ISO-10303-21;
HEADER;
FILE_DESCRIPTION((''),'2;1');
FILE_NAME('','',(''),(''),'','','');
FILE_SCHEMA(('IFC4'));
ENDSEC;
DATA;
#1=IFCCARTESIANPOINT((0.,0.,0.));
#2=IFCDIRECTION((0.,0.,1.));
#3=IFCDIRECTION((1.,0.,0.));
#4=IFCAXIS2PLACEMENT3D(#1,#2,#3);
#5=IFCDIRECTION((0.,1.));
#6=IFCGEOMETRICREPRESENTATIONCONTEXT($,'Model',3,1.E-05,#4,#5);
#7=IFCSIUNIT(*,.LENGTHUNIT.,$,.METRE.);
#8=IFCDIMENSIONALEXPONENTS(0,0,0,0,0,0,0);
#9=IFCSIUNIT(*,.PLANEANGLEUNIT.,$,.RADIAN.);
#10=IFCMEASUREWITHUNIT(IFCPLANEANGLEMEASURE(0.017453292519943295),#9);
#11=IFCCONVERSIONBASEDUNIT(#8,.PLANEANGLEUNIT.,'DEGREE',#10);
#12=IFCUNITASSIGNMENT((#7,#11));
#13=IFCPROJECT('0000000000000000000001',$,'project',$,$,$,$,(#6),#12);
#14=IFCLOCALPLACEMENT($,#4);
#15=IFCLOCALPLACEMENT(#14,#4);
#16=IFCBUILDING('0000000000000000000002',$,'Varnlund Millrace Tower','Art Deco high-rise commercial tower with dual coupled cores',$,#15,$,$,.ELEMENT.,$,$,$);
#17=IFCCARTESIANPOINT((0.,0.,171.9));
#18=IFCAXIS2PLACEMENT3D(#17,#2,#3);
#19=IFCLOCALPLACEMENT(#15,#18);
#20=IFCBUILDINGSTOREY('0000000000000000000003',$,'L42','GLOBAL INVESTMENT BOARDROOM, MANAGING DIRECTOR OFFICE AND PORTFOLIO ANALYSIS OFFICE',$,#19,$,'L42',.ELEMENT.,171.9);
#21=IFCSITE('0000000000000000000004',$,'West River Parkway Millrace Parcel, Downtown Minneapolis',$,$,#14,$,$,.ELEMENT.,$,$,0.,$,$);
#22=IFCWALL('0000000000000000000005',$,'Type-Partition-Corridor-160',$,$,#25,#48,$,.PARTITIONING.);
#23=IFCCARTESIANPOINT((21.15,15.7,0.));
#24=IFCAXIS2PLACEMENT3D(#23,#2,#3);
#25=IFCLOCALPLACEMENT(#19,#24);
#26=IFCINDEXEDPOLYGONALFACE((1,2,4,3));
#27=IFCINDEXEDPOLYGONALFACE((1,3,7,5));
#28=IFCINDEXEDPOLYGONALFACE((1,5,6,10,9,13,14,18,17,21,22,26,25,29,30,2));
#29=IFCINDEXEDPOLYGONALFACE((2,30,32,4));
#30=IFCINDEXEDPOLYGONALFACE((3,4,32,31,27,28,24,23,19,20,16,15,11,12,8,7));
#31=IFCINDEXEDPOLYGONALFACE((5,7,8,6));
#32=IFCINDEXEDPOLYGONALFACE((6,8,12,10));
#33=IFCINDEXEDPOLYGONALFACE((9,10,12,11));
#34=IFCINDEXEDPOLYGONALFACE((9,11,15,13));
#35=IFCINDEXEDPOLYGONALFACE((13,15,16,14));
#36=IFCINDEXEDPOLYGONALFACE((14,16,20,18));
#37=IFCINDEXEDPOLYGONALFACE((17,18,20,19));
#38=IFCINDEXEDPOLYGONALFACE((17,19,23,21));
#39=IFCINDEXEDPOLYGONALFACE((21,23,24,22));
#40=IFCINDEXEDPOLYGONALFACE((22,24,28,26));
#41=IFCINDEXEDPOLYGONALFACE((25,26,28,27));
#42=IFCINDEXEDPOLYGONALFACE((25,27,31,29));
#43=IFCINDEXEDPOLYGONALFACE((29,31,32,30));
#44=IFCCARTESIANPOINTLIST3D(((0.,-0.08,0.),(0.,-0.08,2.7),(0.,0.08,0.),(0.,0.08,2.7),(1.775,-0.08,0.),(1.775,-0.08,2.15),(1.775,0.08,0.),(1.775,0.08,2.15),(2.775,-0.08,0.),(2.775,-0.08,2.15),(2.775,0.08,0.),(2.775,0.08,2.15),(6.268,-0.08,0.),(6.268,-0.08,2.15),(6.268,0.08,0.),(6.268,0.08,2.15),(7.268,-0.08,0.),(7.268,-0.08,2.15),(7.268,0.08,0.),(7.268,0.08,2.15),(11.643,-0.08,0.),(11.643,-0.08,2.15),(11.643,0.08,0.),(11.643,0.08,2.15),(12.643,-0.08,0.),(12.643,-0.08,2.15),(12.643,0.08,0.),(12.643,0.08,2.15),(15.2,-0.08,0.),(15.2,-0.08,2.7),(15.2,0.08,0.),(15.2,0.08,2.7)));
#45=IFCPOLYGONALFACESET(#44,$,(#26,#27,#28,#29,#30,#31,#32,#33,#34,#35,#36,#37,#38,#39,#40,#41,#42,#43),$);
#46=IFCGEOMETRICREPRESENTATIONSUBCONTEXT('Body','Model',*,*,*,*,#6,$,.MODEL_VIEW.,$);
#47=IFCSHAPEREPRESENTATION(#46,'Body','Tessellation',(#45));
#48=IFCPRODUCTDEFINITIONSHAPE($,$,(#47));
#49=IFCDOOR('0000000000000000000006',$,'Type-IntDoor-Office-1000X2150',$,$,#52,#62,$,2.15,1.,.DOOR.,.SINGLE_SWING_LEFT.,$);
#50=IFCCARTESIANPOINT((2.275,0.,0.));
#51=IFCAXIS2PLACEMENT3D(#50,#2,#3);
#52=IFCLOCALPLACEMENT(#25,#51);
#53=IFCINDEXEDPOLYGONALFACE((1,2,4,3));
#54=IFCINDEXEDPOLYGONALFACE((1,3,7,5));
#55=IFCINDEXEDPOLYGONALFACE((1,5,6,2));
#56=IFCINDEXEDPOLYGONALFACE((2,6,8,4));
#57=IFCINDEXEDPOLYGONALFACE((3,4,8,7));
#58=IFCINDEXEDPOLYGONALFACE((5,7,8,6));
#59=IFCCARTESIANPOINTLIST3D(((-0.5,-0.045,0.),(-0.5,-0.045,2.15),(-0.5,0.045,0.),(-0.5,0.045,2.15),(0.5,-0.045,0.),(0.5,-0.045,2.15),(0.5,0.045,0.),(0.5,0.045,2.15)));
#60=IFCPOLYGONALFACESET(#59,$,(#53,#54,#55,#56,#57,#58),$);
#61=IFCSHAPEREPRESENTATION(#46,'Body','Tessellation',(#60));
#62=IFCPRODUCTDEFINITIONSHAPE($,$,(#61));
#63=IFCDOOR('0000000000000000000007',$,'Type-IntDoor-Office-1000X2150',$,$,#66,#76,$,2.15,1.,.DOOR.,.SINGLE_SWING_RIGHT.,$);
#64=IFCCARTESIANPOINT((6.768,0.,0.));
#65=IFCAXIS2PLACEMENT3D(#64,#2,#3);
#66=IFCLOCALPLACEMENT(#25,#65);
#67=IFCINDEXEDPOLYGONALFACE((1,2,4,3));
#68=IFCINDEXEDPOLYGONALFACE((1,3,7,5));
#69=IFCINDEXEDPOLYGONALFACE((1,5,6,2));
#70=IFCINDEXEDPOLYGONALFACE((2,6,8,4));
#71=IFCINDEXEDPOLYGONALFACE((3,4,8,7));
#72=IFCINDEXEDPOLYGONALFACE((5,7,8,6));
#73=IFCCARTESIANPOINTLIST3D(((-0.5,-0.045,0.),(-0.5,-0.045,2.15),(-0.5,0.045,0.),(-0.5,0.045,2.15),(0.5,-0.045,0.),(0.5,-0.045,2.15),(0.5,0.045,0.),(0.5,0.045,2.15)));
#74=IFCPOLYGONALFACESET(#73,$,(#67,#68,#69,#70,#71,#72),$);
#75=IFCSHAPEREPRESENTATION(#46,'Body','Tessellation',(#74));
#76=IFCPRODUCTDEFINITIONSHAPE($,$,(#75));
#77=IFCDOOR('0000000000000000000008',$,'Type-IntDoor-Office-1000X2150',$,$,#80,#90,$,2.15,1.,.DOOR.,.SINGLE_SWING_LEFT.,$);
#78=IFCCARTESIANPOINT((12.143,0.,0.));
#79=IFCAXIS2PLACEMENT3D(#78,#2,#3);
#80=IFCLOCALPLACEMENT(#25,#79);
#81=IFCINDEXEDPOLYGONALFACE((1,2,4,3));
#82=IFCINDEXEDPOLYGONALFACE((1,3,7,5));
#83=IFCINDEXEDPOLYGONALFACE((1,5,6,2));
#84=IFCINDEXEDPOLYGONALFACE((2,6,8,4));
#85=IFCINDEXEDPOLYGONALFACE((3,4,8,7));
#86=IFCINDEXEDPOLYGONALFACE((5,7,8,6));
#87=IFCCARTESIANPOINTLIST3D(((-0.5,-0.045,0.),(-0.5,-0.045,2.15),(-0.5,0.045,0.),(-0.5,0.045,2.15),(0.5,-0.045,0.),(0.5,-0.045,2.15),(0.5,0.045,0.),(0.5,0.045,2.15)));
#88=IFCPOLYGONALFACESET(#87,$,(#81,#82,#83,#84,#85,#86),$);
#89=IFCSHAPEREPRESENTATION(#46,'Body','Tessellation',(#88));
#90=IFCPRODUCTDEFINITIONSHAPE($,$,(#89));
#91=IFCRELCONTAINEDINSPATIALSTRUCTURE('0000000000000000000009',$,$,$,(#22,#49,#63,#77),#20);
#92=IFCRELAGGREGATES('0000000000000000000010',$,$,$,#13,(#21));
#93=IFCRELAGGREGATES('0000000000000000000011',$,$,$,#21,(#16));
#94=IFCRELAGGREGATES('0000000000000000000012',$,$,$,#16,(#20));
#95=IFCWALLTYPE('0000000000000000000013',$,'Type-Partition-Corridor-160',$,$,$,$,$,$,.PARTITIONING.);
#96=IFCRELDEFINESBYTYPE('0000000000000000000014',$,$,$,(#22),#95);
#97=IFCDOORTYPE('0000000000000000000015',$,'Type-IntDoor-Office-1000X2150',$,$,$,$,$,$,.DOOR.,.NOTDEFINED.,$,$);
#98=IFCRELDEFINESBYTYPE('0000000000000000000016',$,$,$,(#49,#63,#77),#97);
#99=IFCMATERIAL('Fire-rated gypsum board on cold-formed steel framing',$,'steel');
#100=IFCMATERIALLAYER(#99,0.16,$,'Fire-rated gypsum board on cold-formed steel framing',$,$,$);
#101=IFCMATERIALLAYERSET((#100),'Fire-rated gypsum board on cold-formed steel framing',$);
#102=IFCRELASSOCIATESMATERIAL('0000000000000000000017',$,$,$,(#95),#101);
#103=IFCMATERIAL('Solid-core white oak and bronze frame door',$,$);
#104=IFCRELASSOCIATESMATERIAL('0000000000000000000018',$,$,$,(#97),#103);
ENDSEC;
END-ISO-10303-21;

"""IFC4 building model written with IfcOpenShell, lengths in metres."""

from ifc_helpers import new_model, entity, si_unit, converted_unit, direction, frame, origin_with_axes, origin_2d_with_axis, place, context, subcontext, project, spatial, polyline, rectangle, outline, extrude, material, layer, layer_set, type_object, element, fill, save


model = new_model("IFC4")

# Units and contexts
model_context = context("Model", 3, precision=1e-05, world=origin_with_axes(), true_north=direction((0.0, 1.0)))
body_context = subcontext(model_context, "Body", "Model", "MODEL_VIEW")
ifc_project = project(units=[si_unit("LENGTHUNIT", "METRE"), converted_unit("PLANEANGLEUNIT", "DEGREE", entity("IfcPlaneAngleMeasure", 0.017453292519943295), si_unit("PLANEANGLEUNIT", "RADIAN"), dimensions=[0, 0, 0, 0, 0, 0, 0])], contexts=[model_context])

# Site, building, storey
site_placement = place(None, origin_with_axes())
site = spatial("IfcSite", under=ifc_project, at=site_placement, Name="West River Parkway Millrace Parcel, Downtown Minneapolis", CompositionType="ELEMENT", RefElevation=0.0)
building_placement = place(site_placement, origin_with_axes())
building = spatial("IfcBuilding", under=site, at=building_placement, Name="Varnlund Millrace Tower", Description="Art Deco high-rise commercial tower with dual coupled cores", CompositionType="ELEMENT")
storey_placement = place(building_placement, frame((0.0, 0.0, 171.9), z_axis=(0.0, 0.0, 1.0), x_axis=(1.0, 0.0, 0.0)))
storey = spatial("IfcBuildingStorey", under=building, at=storey_placement, Name="L42", Description="GLOBAL INVESTMENT BOARDROOM, MANAGING DIRECTOR OFFICE AND PORTFOLIO ANALYSIS OFFICE", LongName="L42", CompositionType="ELEMENT", Elevation=171.9)

# Shared definitions
ifc_material_1 = material(Name="Fire-rated gypsum board on cold-formed steel framing", Category="steel")
ifc_layer_1 = layer(ifc_material_1, 0.16, Name="Fire-rated gypsum board on cold-formed steel framing")
ifc_layer_set_1 = layer_set([ifc_layer_1], Name="Fire-rated gypsum board on cold-formed steel framing")
wall_type_1 = type_object("IfcWallType", Name="Type-Partition-Corridor-160", PredefinedType="PARTITIONING", material=ifc_layer_set_1)
ifc_material_2 = material(Name="Solid-core white oak and bronze frame door")
door_type_1 = type_object("IfcDoorType", Name="Type-IntDoor-Office-1000X2150", OperationType="NOTDEFINED", PredefinedType="DOOR", material=ifc_material_2)

# Wall, openings, doors
wall_1_placement = place(storey_placement, frame((21.15, 15.7, 0.0), z_axis=(0.0, 0.0, 1.0), x_axis=(1.0, 0.0, 0.0)))
wall_1 = element("IfcWall", 1, at=wall_1_placement, inside=storey, type_object=wall_type_1, Name="Type-Partition-Corridor-160", PredefinedType="PARTITIONING", context=body_context, shape_type="SweptSolid", body=[
    extrude(outline(polyline([(0.0, -0.08), (15.2, -0.08), (15.2, 0.08), (0.0, 0.08), (0.0, -0.08)])), origin_with_axes(), (0.0, 0.0, 1.0), 2.7),
])
opening_1_placement = place(wall_1_placement, frame((2.275, 0.0, 0.0), z_axis=(0.0, 0.0, 1.0), x_axis=(1.0, 0.0, 0.0)))
opening_1 = element("IfcOpeningElement", 2, at=opening_1_placement, cuts=wall_1, PredefinedType="OPENING", context=body_context, shape_type="SweptSolid", body=[
    extrude(rectangle(XDim=1.0, YDim=0.18, at=origin_2d_with_axis()), origin_with_axes(), (0.0, 0.0, 1.0), 2.15),
])
opening_2_placement = place(wall_1_placement, frame((6.768, 0.0, 0.0), z_axis=(0.0, 0.0, 1.0), x_axis=(1.0, 0.0, 0.0)))
opening_2 = element("IfcOpeningElement", 3, at=opening_2_placement, cuts=wall_1, PredefinedType="OPENING", context=body_context, shape_type="SweptSolid", body=[
    extrude(rectangle(XDim=1.0, YDim=0.18, at=origin_2d_with_axis()), origin_with_axes(), (0.0, 0.0, 1.0), 2.15),
])
opening_3_placement = place(wall_1_placement, frame((12.143, 0.0, 0.0), z_axis=(0.0, 0.0, 1.0), x_axis=(1.0, 0.0, 0.0)))
opening_3 = element("IfcOpeningElement", 4, at=opening_3_placement, cuts=wall_1, PredefinedType="OPENING", context=body_context, shape_type="SweptSolid", body=[
    extrude(rectangle(XDim=1.0, YDim=0.18, at=origin_2d_with_axis()), origin_with_axes(), (0.0, 0.0, 1.0), 2.15),
])
door_1_placement = place(wall_1_placement, frame((2.275, 0.0, 0.0), z_axis=(0.0, 0.0, 1.0), x_axis=(1.0, 0.0, 0.0)))
door_1 = element("IfcDoor", 5, at=door_1_placement, inside=storey, type_object=door_type_1, Name="Type-IntDoor-Office-1000X2150", OperationType="SINGLE_SWING_LEFT", OverallHeight=2.15, OverallWidth=1.0, PredefinedType="DOOR", context=body_context, shape_type="SweptSolid", body=[
    extrude(rectangle(XDim=1.0, YDim=0.09, at=origin_2d_with_axis()), origin_with_axes(), (0.0, 0.0, 1.0), 2.15),
])
fill(opening_1, door_1)
door_2_placement = place(wall_1_placement, frame((6.768, 0.0, 0.0), z_axis=(0.0, 0.0, 1.0), x_axis=(1.0, 0.0, 0.0)))
door_2 = element("IfcDoor", 6, at=door_2_placement, inside=storey, type_object=door_type_1, Name="Type-IntDoor-Office-1000X2150", OperationType="SINGLE_SWING_RIGHT", OverallHeight=2.15, OverallWidth=1.0, PredefinedType="DOOR", context=body_context, shape_type="SweptSolid", body=[
    extrude(rectangle(XDim=1.0, YDim=0.09, at=origin_2d_with_axis()), origin_with_axes(), (0.0, 0.0, 1.0), 2.15),
])
fill(opening_2, door_2)
door_3_placement = place(wall_1_placement, frame((12.143, 0.0, 0.0), z_axis=(0.0, 0.0, 1.0), x_axis=(1.0, 0.0, 0.0)))
door_3 = element("IfcDoor", 7, at=door_3_placement, inside=storey, type_object=door_type_1, Name="Type-IntDoor-Office-1000X2150", OperationType="SINGLE_SWING_LEFT", OverallHeight=2.15, OverallWidth=1.0, PredefinedType="DOOR", context=body_context, shape_type="SweptSolid", body=[
    extrude(rectangle(XDim=1.0, YDim=0.09, at=origin_2d_with_axis()), origin_with_axes(), (0.0, 0.0, 1.0), 2.15),
])
fill(opening_3, door_3)

save(model, "model.ifc")
